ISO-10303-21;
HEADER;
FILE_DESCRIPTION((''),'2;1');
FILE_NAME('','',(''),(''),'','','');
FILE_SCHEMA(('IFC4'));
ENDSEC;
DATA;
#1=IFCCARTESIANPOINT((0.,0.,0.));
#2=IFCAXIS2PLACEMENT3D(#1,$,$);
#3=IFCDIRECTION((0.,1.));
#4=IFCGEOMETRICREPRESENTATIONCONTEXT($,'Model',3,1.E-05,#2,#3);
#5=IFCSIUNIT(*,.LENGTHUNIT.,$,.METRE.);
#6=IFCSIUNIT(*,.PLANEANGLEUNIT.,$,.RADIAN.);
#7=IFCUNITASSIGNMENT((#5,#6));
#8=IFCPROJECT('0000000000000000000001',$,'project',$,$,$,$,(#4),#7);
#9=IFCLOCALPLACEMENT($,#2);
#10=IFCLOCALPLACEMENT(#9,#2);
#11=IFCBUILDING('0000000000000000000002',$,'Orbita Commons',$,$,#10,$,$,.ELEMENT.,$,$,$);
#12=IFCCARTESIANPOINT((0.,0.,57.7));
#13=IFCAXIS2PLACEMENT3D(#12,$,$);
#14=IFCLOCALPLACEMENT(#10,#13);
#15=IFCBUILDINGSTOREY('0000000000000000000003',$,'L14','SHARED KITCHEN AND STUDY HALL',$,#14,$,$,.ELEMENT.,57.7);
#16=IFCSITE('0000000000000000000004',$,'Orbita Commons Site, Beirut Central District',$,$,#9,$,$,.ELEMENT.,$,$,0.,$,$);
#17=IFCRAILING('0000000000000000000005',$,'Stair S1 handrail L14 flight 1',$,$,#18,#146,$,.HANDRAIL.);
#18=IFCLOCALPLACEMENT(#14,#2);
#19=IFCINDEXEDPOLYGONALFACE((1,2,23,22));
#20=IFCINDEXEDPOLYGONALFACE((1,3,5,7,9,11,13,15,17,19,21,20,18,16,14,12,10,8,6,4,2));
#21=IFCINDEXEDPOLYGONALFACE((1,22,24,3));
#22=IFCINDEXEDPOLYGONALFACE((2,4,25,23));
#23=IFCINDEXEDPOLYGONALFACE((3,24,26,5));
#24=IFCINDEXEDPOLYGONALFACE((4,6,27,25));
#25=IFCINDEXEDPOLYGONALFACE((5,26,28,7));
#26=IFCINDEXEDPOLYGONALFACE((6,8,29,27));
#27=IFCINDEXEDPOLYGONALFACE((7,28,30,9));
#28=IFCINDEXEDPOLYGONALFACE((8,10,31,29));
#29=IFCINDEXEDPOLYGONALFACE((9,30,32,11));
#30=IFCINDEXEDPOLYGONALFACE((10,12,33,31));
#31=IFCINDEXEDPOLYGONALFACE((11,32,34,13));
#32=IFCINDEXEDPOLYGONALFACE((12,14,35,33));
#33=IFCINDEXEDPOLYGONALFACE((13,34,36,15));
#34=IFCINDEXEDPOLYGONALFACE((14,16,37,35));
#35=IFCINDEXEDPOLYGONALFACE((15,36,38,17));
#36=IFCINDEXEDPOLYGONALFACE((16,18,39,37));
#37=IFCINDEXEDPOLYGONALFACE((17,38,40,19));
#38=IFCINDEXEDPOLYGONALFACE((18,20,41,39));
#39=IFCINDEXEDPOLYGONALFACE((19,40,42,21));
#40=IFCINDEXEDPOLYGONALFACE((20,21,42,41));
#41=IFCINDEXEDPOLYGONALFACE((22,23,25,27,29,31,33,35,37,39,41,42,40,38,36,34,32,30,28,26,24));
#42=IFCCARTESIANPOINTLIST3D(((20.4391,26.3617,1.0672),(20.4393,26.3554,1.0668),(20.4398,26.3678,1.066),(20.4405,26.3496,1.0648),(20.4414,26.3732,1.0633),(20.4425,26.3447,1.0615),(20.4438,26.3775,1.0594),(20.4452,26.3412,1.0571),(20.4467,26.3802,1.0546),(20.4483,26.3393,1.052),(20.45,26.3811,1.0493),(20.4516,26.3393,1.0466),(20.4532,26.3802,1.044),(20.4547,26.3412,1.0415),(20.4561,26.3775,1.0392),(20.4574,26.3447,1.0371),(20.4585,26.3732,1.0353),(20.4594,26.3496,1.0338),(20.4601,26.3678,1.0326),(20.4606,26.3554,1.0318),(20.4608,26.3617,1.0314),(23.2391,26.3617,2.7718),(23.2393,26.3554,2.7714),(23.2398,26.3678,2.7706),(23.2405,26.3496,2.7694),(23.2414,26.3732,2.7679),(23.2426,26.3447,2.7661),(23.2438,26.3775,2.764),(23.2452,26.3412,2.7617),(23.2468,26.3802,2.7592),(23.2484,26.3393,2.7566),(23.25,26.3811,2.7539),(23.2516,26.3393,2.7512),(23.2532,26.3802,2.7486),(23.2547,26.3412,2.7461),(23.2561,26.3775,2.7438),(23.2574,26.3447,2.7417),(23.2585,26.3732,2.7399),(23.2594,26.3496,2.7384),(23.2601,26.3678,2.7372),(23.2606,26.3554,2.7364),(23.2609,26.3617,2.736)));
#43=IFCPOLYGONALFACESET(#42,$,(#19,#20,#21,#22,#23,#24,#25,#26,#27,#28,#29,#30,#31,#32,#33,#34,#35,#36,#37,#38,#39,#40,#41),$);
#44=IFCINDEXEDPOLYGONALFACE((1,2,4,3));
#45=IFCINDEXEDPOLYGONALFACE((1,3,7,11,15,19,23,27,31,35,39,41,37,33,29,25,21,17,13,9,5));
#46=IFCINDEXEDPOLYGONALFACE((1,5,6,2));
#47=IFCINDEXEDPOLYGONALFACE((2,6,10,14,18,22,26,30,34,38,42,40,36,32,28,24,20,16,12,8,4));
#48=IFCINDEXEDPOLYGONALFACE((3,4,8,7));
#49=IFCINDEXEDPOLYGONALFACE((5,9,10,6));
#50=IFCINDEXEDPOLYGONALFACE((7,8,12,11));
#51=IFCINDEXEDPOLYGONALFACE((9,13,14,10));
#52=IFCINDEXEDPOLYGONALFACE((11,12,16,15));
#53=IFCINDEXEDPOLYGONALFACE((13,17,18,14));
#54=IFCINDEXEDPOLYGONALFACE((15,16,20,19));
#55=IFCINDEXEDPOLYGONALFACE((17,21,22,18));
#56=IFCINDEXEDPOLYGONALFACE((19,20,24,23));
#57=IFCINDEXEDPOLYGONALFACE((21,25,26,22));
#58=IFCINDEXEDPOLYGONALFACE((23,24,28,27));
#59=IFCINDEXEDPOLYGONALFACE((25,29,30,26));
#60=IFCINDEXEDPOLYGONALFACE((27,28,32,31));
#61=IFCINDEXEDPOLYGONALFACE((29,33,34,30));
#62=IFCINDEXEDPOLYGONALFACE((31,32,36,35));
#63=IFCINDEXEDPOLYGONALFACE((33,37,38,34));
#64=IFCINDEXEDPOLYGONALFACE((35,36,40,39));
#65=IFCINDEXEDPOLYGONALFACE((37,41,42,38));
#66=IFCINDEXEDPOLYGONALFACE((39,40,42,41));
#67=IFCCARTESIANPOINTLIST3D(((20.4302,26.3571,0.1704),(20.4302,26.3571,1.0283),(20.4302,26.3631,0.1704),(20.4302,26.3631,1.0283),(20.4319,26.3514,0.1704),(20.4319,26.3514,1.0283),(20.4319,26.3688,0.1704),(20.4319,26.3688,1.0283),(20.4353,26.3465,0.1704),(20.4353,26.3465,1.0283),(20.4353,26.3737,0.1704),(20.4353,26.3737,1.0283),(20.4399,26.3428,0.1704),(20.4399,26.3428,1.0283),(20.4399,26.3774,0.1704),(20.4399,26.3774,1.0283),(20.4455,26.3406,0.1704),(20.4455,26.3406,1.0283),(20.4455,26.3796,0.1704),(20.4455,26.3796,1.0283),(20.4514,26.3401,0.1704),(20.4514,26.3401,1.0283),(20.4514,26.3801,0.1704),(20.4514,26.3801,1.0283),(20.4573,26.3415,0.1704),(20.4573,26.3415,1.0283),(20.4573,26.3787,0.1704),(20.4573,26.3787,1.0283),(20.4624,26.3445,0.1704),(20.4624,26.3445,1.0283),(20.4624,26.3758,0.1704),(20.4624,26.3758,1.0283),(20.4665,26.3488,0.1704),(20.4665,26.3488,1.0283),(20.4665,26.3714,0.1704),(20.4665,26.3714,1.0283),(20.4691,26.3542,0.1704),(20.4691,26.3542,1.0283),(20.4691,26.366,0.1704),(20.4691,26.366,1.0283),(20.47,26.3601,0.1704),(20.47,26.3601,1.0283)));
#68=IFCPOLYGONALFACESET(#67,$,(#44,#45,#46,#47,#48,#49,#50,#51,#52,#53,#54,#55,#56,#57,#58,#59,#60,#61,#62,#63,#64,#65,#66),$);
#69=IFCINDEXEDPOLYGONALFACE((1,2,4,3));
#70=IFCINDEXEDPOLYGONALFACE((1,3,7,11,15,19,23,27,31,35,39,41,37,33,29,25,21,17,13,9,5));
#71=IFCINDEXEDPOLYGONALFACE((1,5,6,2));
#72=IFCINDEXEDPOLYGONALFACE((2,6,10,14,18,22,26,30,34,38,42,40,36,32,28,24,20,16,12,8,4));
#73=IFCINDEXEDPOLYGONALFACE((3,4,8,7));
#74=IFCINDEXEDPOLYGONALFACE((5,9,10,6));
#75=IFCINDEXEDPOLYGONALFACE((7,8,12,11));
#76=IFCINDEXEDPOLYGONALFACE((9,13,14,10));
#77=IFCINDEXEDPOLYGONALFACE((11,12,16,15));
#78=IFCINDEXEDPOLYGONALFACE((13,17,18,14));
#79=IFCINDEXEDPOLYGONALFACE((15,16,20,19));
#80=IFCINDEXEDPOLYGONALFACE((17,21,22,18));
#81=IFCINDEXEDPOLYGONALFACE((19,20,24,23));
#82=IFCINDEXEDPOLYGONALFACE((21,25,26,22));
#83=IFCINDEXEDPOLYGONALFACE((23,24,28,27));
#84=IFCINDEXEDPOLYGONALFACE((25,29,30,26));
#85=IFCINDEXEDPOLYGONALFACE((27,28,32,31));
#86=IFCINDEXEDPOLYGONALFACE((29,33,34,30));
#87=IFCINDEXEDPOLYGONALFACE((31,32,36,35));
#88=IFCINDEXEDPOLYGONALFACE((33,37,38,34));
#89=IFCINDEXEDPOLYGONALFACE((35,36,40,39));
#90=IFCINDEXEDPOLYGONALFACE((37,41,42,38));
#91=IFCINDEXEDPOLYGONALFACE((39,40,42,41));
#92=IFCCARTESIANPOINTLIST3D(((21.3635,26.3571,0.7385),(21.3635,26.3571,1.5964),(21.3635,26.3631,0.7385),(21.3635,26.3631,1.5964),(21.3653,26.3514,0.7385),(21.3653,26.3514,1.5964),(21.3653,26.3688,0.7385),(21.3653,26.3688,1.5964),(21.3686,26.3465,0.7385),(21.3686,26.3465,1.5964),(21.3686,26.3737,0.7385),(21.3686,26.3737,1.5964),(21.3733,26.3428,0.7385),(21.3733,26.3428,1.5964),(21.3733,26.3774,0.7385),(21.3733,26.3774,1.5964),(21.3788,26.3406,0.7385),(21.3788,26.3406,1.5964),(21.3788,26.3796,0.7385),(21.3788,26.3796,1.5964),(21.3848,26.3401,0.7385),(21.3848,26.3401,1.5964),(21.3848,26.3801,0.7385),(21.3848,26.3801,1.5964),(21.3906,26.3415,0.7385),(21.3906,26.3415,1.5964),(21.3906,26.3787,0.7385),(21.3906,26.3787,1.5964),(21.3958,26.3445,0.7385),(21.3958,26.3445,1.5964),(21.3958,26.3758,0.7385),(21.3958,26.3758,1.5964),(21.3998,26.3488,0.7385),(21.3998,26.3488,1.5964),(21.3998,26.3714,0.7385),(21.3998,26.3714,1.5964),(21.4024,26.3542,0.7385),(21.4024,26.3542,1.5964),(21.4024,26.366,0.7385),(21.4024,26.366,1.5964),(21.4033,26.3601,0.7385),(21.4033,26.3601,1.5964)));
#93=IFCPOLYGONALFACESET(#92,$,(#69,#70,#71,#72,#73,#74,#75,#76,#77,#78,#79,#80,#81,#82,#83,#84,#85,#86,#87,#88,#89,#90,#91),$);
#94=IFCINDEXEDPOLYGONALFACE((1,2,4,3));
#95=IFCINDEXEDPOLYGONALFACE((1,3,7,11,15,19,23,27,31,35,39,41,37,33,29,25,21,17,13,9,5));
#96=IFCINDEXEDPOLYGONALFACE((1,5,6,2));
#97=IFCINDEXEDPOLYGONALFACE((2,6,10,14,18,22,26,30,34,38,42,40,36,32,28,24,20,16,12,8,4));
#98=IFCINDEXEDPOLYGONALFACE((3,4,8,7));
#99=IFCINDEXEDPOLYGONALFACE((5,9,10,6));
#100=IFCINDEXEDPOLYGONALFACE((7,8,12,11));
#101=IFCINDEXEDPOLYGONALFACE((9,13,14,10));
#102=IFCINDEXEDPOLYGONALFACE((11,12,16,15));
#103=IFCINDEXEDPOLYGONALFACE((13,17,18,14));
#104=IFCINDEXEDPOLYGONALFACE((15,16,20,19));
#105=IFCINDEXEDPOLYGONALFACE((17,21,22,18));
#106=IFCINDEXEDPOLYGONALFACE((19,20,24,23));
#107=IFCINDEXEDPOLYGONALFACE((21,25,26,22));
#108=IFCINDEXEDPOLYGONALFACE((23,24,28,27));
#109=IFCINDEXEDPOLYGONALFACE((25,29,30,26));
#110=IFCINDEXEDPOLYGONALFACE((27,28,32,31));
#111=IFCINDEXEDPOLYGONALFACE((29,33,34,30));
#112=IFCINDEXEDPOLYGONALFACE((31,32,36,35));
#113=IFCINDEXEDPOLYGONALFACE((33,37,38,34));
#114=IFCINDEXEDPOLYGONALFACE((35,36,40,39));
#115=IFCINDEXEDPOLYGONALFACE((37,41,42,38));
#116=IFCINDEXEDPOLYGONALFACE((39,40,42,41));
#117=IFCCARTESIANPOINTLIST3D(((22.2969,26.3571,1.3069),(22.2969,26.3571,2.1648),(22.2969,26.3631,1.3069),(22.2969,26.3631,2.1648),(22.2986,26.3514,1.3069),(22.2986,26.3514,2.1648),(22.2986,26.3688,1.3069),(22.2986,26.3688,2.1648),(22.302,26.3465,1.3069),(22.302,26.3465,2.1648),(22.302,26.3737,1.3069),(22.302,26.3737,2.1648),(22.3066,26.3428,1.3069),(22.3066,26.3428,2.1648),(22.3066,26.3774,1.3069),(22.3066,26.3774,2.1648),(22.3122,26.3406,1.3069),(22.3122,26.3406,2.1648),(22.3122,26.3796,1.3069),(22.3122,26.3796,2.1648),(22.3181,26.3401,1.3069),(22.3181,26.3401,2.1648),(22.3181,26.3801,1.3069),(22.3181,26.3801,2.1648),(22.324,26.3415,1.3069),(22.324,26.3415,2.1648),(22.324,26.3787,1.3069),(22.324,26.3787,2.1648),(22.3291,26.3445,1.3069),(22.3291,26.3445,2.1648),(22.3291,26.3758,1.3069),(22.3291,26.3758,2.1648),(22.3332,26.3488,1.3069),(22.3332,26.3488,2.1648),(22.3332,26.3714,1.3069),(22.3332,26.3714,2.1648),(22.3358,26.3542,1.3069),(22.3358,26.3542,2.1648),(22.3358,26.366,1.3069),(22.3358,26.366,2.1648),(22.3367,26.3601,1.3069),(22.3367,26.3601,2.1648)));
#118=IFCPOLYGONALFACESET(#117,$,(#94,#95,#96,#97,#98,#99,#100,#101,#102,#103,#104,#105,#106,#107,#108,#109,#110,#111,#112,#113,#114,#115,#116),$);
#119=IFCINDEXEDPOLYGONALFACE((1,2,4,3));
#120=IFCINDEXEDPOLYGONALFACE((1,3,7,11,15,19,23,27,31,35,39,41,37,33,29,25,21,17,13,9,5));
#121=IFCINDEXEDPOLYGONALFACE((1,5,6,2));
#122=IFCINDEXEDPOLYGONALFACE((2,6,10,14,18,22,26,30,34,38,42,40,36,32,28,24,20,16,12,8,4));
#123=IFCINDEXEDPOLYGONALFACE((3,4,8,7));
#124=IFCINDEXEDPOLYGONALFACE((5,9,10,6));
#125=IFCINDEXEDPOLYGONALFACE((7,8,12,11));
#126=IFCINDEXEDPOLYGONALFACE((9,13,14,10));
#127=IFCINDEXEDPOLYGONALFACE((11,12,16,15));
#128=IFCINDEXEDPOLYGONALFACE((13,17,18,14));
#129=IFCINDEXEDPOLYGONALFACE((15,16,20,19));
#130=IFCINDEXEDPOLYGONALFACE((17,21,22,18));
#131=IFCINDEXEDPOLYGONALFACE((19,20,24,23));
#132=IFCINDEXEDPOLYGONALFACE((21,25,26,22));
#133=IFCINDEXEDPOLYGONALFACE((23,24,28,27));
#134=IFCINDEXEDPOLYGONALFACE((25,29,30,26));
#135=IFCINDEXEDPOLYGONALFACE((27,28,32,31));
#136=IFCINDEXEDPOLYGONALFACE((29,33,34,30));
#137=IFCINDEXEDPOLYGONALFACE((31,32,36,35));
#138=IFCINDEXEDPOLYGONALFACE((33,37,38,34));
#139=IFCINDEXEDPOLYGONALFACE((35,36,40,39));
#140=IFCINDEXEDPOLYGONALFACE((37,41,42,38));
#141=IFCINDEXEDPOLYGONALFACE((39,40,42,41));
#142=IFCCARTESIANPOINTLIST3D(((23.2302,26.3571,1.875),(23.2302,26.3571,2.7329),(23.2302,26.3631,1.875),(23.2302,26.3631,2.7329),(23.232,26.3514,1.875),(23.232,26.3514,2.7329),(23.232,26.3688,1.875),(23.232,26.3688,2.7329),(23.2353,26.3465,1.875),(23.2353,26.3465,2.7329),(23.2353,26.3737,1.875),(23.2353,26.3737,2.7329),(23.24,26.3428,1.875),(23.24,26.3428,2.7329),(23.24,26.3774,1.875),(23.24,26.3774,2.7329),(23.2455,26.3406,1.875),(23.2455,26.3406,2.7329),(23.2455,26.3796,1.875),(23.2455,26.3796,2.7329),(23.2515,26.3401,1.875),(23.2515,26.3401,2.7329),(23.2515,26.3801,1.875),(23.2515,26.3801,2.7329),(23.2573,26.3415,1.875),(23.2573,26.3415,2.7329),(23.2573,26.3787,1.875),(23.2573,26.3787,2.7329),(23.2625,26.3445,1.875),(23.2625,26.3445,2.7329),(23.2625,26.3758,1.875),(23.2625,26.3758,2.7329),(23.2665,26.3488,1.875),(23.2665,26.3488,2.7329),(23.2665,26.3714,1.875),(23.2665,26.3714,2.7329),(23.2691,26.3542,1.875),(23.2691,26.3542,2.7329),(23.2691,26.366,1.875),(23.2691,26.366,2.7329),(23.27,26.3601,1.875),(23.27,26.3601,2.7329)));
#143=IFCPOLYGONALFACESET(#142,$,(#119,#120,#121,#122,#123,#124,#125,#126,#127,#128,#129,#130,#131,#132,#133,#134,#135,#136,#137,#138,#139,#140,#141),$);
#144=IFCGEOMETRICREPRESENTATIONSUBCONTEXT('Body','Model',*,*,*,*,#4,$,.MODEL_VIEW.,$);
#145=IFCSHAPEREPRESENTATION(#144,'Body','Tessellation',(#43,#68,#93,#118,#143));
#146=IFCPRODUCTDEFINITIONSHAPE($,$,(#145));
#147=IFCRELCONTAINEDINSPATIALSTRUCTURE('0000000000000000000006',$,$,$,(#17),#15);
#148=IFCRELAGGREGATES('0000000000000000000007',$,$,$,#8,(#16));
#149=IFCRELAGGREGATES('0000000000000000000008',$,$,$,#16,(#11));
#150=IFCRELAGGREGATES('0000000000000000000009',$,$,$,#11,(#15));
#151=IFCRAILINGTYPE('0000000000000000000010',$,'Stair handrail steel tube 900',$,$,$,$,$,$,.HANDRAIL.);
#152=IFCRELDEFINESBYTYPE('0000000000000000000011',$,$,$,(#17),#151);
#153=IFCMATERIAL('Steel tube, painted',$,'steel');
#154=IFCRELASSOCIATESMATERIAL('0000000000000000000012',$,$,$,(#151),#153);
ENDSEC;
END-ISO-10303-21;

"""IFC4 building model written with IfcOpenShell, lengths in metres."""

from ifc_helpers import new_model, si_unit, direction, frame, origin, origin_2d, place, context, subcontext, project, spatial, circle, extrude, material, type_object, element, save


model = new_model("IFC4")

# Units and contexts
model_context = context("Model", 3, precision=1e-05, world=origin(), true_north=direction((0.0, 1.0)))
body_context = subcontext(model_context, "Body", "Model", "MODEL_VIEW")
ifc_project = project(units=[si_unit("LENGTHUNIT", "METRE"), si_unit("PLANEANGLEUNIT", "RADIAN")], contexts=[model_context])

# Site, building, storey
site_placement = place(None, origin())
site = spatial("IfcSite", under=ifc_project, at=site_placement, Name="Orbita Commons Site, Beirut Central District", CompositionType="ELEMENT", RefElevation=0.0)
building_placement = place(site_placement, origin())
building = spatial("IfcBuilding", under=site, at=building_placement, Name="Orbita Commons", CompositionType="ELEMENT")
storey_placement = place(building_placement, frame((0.0, 0.0, 57.7)))
storey = spatial("IfcBuildingStorey", under=building, at=storey_placement, Name="L14", Description="SHARED KITCHEN AND STUDY HALL", CompositionType="ELEMENT", Elevation=57.7)

# Railing
ifc_material_1 = material(Name="Steel tube, painted", Category="steel")
railing_type = type_object("IfcRailingType", Name="Stair handrail steel tube 900", PredefinedType="HANDRAIL", material=ifc_material_1)
for number, where, name in (
    (1, (20.45, 26.3601, 0.1704), "Stair S1 handrail L14 flight 1"),
):
    element("IfcRailing", number, at=place(storey_placement, frame(where)), inside=storey, type_object=railing_type, Name=name, PredefinedType="HANDRAIL", context=body_context, shape_type="SweptSolid", body=[
        extrude(circle(Radius=0.021, at=origin_2d()), frame((0.0, 0.0, 0.8789), z_axis=(0.85417, 0.0, 0.519994), x_axis=(0.0, 1.0, 0.0)), (0.0, 0.0, 1.0), 3.2781),
        extrude(circle(Radius=0.02, at=origin_2d()), origin(), (0.0, 0.0, 1.0), 0.8579),
        extrude(circle(Radius=0.02, at=origin_2d()), frame((0.9333, 0.0, 0.5681)), (0.0, 0.0, 1.0), 0.8579),
        extrude(circle(Radius=0.02, at=origin_2d()), frame((1.8667, 0.0, 1.1365)), (0.0, 0.0, 1.0), 0.8579),
        extrude(circle(Radius=0.02, at=origin_2d()), frame((2.8, 0.0, 1.7046)), (0.0, 0.0, 1.0), 0.8579),
    ])

save(model, "model.ifc")
